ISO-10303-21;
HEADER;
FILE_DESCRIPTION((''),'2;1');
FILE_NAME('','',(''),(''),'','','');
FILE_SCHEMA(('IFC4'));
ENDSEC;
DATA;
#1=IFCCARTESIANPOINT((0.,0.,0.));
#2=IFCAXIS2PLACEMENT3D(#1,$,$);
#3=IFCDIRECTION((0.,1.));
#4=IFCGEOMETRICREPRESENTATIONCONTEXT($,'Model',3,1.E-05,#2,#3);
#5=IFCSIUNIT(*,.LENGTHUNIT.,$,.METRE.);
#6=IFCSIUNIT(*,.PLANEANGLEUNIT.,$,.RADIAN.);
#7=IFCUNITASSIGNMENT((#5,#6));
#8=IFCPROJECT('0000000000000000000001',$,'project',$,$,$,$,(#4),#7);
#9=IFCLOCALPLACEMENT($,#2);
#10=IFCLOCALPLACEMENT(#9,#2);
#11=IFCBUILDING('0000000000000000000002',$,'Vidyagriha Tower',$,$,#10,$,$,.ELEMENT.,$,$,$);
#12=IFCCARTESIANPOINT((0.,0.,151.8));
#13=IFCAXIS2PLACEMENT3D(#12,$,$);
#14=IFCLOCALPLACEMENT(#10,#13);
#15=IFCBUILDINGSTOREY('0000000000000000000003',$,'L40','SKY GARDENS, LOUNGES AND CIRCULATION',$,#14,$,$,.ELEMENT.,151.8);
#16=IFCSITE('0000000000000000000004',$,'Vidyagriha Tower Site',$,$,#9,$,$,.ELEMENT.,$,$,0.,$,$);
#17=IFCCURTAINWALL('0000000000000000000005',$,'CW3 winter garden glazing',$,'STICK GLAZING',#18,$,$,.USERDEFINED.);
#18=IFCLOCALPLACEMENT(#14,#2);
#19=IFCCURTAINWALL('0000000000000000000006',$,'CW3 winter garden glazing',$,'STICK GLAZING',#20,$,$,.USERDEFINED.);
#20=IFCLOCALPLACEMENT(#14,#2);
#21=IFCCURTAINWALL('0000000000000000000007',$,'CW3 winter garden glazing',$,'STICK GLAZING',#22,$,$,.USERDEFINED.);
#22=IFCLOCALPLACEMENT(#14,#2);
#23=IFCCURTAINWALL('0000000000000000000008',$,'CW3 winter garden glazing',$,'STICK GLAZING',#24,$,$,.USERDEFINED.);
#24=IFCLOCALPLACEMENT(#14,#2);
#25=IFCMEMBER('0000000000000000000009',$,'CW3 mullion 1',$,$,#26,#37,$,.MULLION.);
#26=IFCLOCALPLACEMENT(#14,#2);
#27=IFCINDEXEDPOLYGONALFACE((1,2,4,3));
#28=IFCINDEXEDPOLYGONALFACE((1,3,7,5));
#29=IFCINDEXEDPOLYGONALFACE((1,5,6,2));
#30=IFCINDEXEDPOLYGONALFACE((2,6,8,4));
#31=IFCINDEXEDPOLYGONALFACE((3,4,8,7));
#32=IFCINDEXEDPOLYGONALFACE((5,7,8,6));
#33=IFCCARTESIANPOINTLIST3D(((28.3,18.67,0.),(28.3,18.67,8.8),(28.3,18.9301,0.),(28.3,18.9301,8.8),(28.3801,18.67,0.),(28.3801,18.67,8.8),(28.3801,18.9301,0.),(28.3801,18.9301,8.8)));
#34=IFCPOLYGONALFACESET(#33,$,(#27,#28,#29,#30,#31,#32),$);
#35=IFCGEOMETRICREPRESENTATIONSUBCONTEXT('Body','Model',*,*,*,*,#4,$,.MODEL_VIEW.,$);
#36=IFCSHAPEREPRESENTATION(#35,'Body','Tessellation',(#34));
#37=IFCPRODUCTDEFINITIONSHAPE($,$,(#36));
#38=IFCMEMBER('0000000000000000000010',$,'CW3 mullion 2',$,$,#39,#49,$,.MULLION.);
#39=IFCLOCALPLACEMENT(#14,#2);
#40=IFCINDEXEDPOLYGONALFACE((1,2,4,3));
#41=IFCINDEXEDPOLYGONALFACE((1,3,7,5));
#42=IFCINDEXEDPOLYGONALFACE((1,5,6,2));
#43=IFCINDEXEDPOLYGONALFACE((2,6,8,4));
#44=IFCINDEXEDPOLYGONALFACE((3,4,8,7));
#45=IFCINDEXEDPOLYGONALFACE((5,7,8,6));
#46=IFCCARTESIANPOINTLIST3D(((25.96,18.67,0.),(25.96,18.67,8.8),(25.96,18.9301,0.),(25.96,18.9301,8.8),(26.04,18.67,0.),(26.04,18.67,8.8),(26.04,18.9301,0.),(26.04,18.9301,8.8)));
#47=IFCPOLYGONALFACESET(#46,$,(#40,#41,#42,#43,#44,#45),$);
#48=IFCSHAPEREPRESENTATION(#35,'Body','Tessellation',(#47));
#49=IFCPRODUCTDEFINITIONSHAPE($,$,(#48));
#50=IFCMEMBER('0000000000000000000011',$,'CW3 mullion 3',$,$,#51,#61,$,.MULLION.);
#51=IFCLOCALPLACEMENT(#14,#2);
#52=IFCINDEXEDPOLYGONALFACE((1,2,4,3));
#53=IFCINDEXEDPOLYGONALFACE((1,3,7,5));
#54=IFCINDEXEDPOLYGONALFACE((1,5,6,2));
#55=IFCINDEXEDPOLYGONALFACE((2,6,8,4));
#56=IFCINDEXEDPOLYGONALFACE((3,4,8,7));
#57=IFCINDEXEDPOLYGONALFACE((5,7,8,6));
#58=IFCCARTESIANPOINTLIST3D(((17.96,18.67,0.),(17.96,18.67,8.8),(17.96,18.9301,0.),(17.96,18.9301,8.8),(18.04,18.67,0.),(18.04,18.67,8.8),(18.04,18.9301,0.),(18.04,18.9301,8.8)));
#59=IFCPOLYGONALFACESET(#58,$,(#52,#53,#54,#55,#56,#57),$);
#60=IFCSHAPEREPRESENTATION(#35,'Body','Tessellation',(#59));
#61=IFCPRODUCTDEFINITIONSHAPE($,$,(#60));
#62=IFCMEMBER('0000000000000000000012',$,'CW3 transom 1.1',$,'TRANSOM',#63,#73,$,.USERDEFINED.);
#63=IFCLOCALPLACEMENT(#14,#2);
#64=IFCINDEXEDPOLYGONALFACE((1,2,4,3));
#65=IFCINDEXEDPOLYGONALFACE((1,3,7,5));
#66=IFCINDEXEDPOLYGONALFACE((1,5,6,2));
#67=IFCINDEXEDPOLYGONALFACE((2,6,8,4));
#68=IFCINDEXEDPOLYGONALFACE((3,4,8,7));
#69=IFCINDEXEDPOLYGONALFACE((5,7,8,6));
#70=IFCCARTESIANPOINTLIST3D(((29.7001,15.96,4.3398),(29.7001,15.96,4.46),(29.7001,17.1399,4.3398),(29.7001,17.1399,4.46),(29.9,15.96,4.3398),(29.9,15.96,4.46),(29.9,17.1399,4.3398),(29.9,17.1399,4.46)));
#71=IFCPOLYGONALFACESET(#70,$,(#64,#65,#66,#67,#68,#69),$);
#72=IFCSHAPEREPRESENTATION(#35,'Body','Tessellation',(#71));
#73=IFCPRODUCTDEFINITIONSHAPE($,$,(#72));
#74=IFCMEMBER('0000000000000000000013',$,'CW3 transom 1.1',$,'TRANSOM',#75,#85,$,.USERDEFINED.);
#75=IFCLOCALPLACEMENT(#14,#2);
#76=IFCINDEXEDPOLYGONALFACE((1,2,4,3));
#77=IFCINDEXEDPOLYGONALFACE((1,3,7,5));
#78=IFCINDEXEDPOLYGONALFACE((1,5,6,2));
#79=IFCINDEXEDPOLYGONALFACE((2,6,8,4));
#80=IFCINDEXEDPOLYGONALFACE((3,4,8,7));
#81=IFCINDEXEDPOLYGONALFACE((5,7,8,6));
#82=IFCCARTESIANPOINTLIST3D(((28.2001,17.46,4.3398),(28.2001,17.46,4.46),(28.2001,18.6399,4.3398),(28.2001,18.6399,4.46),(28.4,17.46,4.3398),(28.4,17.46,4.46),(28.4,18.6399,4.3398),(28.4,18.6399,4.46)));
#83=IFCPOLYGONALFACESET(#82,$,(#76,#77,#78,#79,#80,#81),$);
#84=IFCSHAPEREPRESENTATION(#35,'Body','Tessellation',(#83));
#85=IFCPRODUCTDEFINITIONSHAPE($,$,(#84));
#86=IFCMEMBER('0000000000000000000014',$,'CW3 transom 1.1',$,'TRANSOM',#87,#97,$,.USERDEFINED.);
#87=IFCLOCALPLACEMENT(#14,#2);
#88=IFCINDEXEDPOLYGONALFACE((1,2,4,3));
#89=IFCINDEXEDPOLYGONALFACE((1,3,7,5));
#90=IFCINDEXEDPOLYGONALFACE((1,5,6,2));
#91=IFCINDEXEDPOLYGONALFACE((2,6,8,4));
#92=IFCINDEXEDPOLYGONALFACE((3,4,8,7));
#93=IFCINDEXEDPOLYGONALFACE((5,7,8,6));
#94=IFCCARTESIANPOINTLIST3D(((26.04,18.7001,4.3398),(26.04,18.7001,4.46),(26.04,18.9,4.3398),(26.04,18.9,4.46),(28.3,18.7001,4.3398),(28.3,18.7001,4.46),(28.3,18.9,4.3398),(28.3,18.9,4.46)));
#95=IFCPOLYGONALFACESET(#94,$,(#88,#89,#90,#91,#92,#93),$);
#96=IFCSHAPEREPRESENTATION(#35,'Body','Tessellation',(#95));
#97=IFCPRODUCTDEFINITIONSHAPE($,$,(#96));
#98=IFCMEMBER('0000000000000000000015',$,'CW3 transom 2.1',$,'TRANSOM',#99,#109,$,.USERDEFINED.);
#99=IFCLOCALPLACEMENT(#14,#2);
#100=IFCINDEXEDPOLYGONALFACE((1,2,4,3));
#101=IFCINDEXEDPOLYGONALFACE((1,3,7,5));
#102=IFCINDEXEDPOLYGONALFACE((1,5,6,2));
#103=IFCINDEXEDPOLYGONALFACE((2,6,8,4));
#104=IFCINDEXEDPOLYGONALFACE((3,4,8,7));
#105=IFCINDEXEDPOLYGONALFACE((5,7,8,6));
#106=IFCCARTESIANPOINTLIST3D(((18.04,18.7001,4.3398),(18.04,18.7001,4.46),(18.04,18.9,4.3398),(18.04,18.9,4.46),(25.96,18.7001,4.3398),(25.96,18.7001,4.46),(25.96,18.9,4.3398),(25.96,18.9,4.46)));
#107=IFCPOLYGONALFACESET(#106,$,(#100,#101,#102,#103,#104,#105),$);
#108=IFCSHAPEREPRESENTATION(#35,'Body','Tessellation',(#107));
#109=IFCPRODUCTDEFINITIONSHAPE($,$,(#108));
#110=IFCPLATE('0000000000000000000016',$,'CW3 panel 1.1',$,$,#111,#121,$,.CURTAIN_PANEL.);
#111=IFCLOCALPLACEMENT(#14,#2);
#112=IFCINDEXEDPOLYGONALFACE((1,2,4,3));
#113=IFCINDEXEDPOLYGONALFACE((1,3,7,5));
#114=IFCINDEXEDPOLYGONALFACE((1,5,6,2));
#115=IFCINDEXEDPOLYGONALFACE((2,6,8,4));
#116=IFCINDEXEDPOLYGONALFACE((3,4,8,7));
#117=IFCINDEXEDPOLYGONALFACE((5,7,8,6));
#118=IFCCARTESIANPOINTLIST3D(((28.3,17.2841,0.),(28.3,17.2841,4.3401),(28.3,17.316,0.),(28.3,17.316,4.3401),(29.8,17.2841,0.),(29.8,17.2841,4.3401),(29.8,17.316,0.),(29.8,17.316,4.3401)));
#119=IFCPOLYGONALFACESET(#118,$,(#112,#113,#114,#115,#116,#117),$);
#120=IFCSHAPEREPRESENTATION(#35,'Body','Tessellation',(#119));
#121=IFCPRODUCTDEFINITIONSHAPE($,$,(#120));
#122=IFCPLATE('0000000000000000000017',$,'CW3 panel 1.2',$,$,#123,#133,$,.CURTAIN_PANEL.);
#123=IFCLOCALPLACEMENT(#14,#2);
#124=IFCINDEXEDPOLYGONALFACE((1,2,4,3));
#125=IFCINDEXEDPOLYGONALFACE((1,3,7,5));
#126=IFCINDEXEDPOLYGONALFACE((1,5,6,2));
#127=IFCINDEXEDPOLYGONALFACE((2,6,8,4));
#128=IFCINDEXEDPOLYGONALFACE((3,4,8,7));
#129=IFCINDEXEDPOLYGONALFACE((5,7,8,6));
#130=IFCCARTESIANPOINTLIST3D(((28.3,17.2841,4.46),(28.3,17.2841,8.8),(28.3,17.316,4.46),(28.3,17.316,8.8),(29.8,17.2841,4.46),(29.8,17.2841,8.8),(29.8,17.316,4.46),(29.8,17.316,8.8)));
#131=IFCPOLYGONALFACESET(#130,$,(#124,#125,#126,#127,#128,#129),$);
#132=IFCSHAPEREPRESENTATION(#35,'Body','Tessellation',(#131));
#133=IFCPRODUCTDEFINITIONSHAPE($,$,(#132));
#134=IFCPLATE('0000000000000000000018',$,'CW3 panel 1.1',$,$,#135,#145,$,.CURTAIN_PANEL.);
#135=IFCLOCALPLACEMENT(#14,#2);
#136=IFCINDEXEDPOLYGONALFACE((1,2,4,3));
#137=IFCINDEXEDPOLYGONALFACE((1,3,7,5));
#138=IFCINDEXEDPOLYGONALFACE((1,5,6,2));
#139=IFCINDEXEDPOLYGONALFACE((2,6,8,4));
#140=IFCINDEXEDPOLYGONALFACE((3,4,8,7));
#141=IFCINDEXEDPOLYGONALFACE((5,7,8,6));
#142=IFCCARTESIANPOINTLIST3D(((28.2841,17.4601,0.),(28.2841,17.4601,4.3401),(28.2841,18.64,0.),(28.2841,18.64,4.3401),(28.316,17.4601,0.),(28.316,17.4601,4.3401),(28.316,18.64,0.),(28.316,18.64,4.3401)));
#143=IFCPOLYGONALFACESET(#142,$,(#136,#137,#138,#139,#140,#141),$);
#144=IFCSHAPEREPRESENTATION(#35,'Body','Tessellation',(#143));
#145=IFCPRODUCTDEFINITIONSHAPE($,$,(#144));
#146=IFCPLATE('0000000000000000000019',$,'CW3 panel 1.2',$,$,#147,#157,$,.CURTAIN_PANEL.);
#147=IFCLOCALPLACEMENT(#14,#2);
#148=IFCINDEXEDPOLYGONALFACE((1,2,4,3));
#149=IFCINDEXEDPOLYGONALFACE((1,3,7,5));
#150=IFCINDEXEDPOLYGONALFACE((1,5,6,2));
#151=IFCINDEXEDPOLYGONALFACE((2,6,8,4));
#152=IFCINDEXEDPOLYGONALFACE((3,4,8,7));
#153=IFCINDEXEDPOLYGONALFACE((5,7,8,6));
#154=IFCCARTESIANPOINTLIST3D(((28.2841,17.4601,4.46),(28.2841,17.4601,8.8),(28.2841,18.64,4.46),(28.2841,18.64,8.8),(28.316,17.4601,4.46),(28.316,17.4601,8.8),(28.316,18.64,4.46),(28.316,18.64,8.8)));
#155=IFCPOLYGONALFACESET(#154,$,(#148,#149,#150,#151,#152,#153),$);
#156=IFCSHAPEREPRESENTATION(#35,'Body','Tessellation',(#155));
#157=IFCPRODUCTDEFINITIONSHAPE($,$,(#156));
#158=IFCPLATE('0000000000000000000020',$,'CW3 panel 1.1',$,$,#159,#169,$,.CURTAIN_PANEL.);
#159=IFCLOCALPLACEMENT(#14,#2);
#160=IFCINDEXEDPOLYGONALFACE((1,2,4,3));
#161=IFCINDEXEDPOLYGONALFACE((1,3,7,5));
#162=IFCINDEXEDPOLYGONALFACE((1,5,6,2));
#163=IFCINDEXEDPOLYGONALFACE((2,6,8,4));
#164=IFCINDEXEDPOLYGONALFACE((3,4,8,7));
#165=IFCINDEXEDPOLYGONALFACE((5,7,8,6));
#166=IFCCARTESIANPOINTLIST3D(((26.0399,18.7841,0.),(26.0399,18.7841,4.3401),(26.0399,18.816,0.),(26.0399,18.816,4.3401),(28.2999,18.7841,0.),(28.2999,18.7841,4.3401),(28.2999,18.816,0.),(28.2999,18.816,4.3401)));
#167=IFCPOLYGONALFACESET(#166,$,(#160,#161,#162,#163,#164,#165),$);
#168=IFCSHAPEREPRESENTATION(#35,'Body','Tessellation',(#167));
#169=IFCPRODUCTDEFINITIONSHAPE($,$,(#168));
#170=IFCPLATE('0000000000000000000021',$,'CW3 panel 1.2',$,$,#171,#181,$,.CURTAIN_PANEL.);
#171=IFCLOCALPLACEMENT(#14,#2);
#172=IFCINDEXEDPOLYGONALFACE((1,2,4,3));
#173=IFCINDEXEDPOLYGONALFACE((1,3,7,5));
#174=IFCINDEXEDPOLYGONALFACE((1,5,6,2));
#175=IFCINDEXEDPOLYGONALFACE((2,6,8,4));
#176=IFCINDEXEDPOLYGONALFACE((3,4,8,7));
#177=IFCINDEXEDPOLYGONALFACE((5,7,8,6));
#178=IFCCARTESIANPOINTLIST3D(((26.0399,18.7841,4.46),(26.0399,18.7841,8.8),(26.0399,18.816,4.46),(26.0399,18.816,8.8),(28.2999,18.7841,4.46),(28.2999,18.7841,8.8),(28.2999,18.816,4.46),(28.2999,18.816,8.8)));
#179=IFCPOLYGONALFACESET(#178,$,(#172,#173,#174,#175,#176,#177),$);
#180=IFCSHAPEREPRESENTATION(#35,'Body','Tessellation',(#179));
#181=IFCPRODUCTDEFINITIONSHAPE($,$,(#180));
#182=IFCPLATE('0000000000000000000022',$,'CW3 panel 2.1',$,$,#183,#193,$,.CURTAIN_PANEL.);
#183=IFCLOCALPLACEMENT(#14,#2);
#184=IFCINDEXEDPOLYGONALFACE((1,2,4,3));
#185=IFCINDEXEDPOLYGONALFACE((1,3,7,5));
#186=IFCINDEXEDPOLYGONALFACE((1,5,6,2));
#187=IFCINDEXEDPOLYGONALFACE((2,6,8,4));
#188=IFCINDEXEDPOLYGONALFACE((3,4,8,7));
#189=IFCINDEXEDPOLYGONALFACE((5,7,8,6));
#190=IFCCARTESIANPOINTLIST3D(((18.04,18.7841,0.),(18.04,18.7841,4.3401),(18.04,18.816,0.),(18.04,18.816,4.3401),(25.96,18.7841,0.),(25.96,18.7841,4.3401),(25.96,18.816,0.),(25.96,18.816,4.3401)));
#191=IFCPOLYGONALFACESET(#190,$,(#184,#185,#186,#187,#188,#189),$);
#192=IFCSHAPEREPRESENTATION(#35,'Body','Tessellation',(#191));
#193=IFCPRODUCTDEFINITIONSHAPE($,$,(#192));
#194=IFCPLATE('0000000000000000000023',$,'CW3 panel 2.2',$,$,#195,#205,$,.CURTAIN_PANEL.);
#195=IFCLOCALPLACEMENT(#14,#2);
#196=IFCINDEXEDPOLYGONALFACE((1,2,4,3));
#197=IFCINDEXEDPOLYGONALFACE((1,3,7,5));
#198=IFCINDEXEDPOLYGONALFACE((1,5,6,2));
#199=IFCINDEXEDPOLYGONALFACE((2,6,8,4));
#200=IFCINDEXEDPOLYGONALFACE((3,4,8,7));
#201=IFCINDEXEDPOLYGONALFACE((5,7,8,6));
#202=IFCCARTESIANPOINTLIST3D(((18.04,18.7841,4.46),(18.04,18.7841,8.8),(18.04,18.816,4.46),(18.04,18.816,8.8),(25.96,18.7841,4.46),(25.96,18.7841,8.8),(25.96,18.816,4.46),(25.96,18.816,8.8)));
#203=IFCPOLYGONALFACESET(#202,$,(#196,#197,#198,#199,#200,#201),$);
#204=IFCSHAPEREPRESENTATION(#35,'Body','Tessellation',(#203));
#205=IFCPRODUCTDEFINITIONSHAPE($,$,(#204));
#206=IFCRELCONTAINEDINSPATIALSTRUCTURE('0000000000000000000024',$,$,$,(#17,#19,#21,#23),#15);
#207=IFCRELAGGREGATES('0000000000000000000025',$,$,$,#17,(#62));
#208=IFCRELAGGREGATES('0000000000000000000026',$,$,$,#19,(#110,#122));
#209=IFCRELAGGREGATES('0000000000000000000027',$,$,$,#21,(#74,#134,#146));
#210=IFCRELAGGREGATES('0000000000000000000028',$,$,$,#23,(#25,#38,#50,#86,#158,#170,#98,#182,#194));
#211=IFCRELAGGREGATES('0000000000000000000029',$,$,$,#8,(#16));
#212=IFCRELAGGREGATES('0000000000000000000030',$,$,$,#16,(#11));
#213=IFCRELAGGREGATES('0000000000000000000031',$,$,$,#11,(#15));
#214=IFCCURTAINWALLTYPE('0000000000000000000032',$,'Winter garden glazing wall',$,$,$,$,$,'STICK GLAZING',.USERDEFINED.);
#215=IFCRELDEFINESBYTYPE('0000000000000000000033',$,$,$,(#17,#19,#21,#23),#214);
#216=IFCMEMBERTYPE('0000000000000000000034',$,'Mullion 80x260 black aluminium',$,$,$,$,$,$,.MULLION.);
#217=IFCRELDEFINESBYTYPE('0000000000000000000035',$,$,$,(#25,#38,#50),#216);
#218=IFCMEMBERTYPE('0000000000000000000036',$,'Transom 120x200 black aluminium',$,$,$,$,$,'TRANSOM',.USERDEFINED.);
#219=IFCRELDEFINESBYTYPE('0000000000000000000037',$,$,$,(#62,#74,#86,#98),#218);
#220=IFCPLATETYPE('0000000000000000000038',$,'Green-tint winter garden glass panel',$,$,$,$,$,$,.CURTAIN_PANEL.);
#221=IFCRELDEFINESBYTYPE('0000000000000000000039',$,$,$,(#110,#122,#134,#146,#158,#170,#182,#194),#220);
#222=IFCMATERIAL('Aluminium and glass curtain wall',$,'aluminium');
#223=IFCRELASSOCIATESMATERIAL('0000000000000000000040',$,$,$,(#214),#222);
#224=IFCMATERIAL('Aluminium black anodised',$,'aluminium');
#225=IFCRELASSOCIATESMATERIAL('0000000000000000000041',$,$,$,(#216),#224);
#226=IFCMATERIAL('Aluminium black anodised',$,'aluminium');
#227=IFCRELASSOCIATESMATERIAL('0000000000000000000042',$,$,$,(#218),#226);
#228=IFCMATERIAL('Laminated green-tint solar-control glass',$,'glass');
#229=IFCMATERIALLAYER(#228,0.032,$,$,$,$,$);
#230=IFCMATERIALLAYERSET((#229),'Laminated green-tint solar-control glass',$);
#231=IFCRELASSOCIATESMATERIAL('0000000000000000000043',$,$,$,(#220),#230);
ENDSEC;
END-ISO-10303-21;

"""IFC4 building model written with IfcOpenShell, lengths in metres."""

from ifc_helpers import new_model, si_unit, direction, frame, origin, origin_2d, place, context, subcontext, project, spatial, rectangle, extrude, material, layer, layer_set, material_profile, profile_set, type_object, element, aggregate, save


model = new_model("IFC4")

# Units and contexts
model_context = context("Model", 3, precision=1e-05, world=origin(), true_north=direction((0.0, 1.0)))
body_context = subcontext(model_context, "Body", "Model", "MODEL_VIEW")
ifc_project = project(units=[si_unit("LENGTHUNIT", "METRE"), si_unit("PLANEANGLEUNIT", "RADIAN")], contexts=[model_context])

# Site, building, storey
site_placement = place(None, origin())
site = spatial("IfcSite", under=ifc_project, at=site_placement, Name="Vidyagriha Tower Site", CompositionType="ELEMENT", RefElevation=0.0)
building_placement = place(site_placement, origin())
building = spatial("IfcBuilding", under=site, at=building_placement, Name="Vidyagriha Tower", CompositionType="ELEMENT")
storey_placement = place(building_placement, frame((0.0, 0.0, 151.8)))
storey = spatial("IfcBuildingStorey", under=building, at=storey_placement, Name="L40", Description="SKY GARDENS, LOUNGES AND CIRCULATION", CompositionType="ELEMENT", Elevation=151.8)

# Curtain walls
ifc_material_1 = material(Name="Aluminium and glass curtain wall", Category="aluminium")
curtain_wall_type = type_object("IfcCurtainWallType", Name="Winter garden glazing wall", ElementType="STICK GLAZING", PredefinedType="USERDEFINED", material=ifc_material_1)
ifc_material_2 = material(Name="Aluminium black anodised", Category="aluminium")
ifc_material_profile_1 = material_profile(ifc_material_2, rectangle(XDim=0.26, YDim=0.0801, at=origin_2d()), Name="Mullion 80x260 black aluminium")
ifc_profile_set_1 = profile_set([ifc_material_profile_1], Name="Aluminium black anodised")
member_type_1 = type_object("IfcMemberType", Name="Mullion 80x260 black aluminium", PredefinedType="MULLION", material=ifc_profile_set_1)
curtain_wall_1_placement = place(storey_placement, origin())
curtain_wall_1 = element("IfcCurtainWall", 1, at=curtain_wall_1_placement, inside=storey, type_object=curtain_wall_type, Name="CW3 winter garden glazing", ObjectType="STICK GLAZING", PredefinedType="USERDEFINED")
curtain_wall_2_placement = place(storey_placement, origin())
curtain_wall_2 = element("IfcCurtainWall", 2, at=curtain_wall_2_placement, inside=storey, type_object=curtain_wall_type, Name="CW3 winter garden glazing", ObjectType="STICK GLAZING", PredefinedType="USERDEFINED")

# Curtain walls, members
curtain_wall_3_placement = place(storey_placement, origin())
curtain_wall_3 = element("IfcCurtainWall", 3, at=curtain_wall_3_placement, inside=storey, type_object=curtain_wall_type, Name="CW3 winter garden glazing", ObjectType="STICK GLAZING", PredefinedType="USERDEFINED")
curtain_wall_4_placement = place(storey_placement, origin())
curtain_wall_4 = element("IfcCurtainWall", 4, at=curtain_wall_4_placement, inside=storey, type_object=curtain_wall_type, Name="CW3 winter garden glazing", ObjectType="STICK GLAZING", PredefinedType="USERDEFINED")
member_1_placement = place(storey_placement, frame((28.3401, 18.8, 0.0), z_axis=(0.0, 0.0, 1.0), x_axis=(0.0, -1.0, 0.0)))
member_1 = element("IfcMember", 5, at=member_1_placement, type_object=member_type_1, Name="CW3 mullion 1", PredefinedType="MULLION", context=body_context, shape_type="SweptSolid", body=[
    extrude(rectangle(XDim=0.26, YDim=0.0801, at=origin_2d()), origin(), (0.0, 0.0, 1.0), 8.8),
])
member_2_placement = place(storey_placement, frame((26.0, 18.8, 0.0), z_axis=(0.0, 0.0, 1.0), x_axis=(0.0, -1.0, 0.0)))
member_2 = element("IfcMember", 6, at=member_2_placement, type_object=member_type_1, Name="CW3 mullion 2", PredefinedType="MULLION", context=body_context, shape_type="SweptSolid", body=[
    extrude(rectangle(XDim=0.26, YDim=0.0801, at=origin_2d()), origin(), (0.0, 0.0, 1.0), 8.8),
])
member_3_placement = place(storey_placement, frame((18.0, 18.8, 0.0), z_axis=(0.0, 0.0, 1.0), x_axis=(0.0, -1.0, 0.0)))
member_3 = element("IfcMember", 7, at=member_3_placement, type_object=member_type_1, Name="CW3 mullion 3", PredefinedType="MULLION", context=body_context, shape_type="SweptSolid", body=[
    extrude(rectangle(XDim=0.26, YDim=0.0801, at=origin_2d()), origin(), (0.0, 0.0, 1.0), 8.8),
])

# Members
ifc_material_3 = material(Name="Aluminium black anodised", Category="aluminium")
ifc_material_profile_2 = material_profile(ifc_material_3, rectangle(XDim=0.2, YDim=0.1201, at=origin_2d()), Name="Transom 120x200 black aluminium")
ifc_profile_set_2 = profile_set([ifc_material_profile_2], Name="Aluminium black anodised")
member_type_2 = type_object("IfcMemberType", Name="Transom 120x200 black aluminium", ElementType="TRANSOM", PredefinedType="USERDEFINED", material=ifc_profile_set_2)
member_4_placement = place(storey_placement, frame((29.8, 15.96, 4.3999), z_axis=(0.0, 1.0, 0.0), x_axis=(-1.0, 0.0, 0.0)))
member_4 = element("IfcMember", 8, at=member_4_placement, type_object=member_type_2, Name="CW3 transom 1.1", ObjectType="TRANSOM", PredefinedType="USERDEFINED", context=body_context, shape_type="SweptSolid", body=[
    extrude(rectangle(XDim=0.2, YDim=0.1201, at=origin_2d()), origin(), (0.0, 0.0, 1.0), 1.1799),
])
aggregate(curtain_wall_1, [member_4])
member_5_placement = place(storey_placement, frame((28.3, 17.46, 4.3999), z_axis=(0.0, 1.0, 0.0), x_axis=(-1.0, 0.0, 0.0)))
member_5 = element("IfcMember", 9, at=member_5_placement, type_object=member_type_2, Name="CW3 transom 1.1", ObjectType="TRANSOM", PredefinedType="USERDEFINED", context=body_context, shape_type="SweptSolid", body=[
    extrude(rectangle(XDim=0.2, YDim=0.1201, at=origin_2d()), origin(), (0.0, 0.0, 1.0), 1.1799),
])
member_6_placement = place(storey_placement, frame((28.3, 18.8, 4.3999), z_axis=(-1.0, 0.0, 0.0), x_axis=(0.0, -1.0, 0.0)))
member_6 = element("IfcMember", 10, at=member_6_placement, type_object=member_type_2, Name="CW3 transom 1.1", ObjectType="TRANSOM", PredefinedType="USERDEFINED", context=body_context, shape_type="SweptSolid", body=[
    extrude(rectangle(XDim=0.2, YDim=0.1201, at=origin_2d()), origin(), (0.0, 0.0, 1.0), 2.26),
])
member_7_placement = place(storey_placement, frame((25.96, 18.8, 4.3999), z_axis=(-1.0, 0.0, 0.0), x_axis=(0.0, -1.0, 0.0)))
member_7 = element("IfcMember", 11, at=member_7_placement, type_object=member_type_2, Name="CW3 transom 2.1", ObjectType="TRANSOM", PredefinedType="USERDEFINED", context=body_context, shape_type="SweptSolid", body=[
    extrude(rectangle(XDim=0.2, YDim=0.1201, at=origin_2d()), origin(), (0.0, 0.0, 1.0), 7.9199),
])

# Plates
ifc_material_4 = material(Name="Laminated green-tint solar-control glass", Category="glass")
ifc_layer_1 = layer(ifc_material_4, 0.032)
ifc_layer_set_1 = layer_set([ifc_layer_1], Name="Laminated green-tint solar-control glass")
plate_type = type_object("IfcPlateType", Name="Green-tint winter garden glass panel", PredefinedType="CURTAIN_PANEL", material=ifc_layer_set_1)
plate_1_placement = place(storey_placement, frame((29.05, 17.3, 0.0), z_axis=(0.0, 0.0, 1.0), x_axis=(-1.0, 0.0, 0.0)))
plate_1 = element("IfcPlate", 12, at=plate_1_placement, type_object=plate_type, Name="CW3 panel 1.1", PredefinedType="CURTAIN_PANEL", context=body_context, shape_type="SweptSolid", body=[
    extrude(rectangle(XDim=1.5, YDim=0.032, at=origin_2d()), origin(), (0.0, 0.0, 1.0), 4.3401),
])
plate_2_placement = place(storey_placement, frame((29.05, 17.3, 4.46), z_axis=(0.0, 0.0, 1.0), x_axis=(-1.0, 0.0, 0.0)))
plate_2 = element("IfcPlate", 13, at=plate_2_placement, type_object=plate_type, Name="CW3 panel 1.2", PredefinedType="CURTAIN_PANEL", context=body_context, shape_type="SweptSolid", body=[
    extrude(rectangle(XDim=1.5, YDim=0.032, at=origin_2d()), origin(), (0.0, 0.0, 1.0), 4.3401),
])
aggregate(curtain_wall_2, [plate_1, plate_2])
plate_3_placement = place(storey_placement, frame((28.3, 18.05, 0.0), z_axis=(0.0, 0.0, 1.0), x_axis=(0.0, 1.0, 0.0)))
plate_3 = element("IfcPlate", 14, at=plate_3_placement, type_object=plate_type, Name="CW3 panel 1.1", PredefinedType="CURTAIN_PANEL", context=body_context, shape_type="SweptSolid", body=[
    extrude(rectangle(XDim=1.1799, YDim=0.032, at=origin_2d()), origin(), (0.0, 0.0, 1.0), 4.3401),
])
plate_4_placement = place(storey_placement, frame((28.3, 18.05, 4.46), z_axis=(0.0, 0.0, 1.0), x_axis=(0.0, 1.0, 0.0)))
plate_4 = element("IfcPlate", 15, at=plate_4_placement, type_object=plate_type, Name="CW3 panel 1.2", PredefinedType="CURTAIN_PANEL", context=body_context, shape_type="SweptSolid", body=[
    extrude(rectangle(XDim=1.1799, YDim=0.032, at=origin_2d()), origin(), (0.0, 0.0, 1.0), 4.3401),
])
aggregate(curtain_wall_3, [member_5, plate_3, plate_4])
plate_5_placement = place(storey_placement, frame((27.1699, 18.8, 0.0), z_axis=(0.0, 0.0, 1.0), x_axis=(-1.0, 0.0, 0.0)))
plate_5 = element("IfcPlate", 16, at=plate_5_placement, type_object=plate_type, Name="CW3 panel 1.1", PredefinedType="CURTAIN_PANEL", context=body_context, shape_type="SweptSolid", body=[
    extrude(rectangle(XDim=2.26, YDim=0.032, at=origin_2d()), origin(), (0.0, 0.0, 1.0), 4.3401),
])
plate_6_placement = place(storey_placement, frame((27.1699, 18.8, 4.46), z_axis=(0.0, 0.0, 1.0), x_axis=(-1.0, 0.0, 0.0)))
plate_6 = element("IfcPlate", 17, at=plate_6_placement, type_object=plate_type, Name="CW3 panel 1.2", PredefinedType="CURTAIN_PANEL", context=body_context, shape_type="SweptSolid", body=[
    extrude(rectangle(XDim=2.26, YDim=0.032, at=origin_2d()), origin(), (0.0, 0.0, 1.0), 4.3401),
])
plate_7_placement = place(storey_placement, frame((22.0, 18.8, 0.0), z_axis=(0.0, 0.0, 1.0), x_axis=(-1.0, 0.0, 0.0)))
plate_7 = element("IfcPlate", 18, at=plate_7_placement, type_object=plate_type, Name="CW3 panel 2.1", PredefinedType="CURTAIN_PANEL", context=body_context, shape_type="SweptSolid", body=[
    extrude(rectangle(XDim=7.9199, YDim=0.032, at=origin_2d()), origin(), (0.0, 0.0, 1.0), 4.3401),
])
plate_8_placement = place(storey_placement, frame((22.0, 18.8, 4.46), z_axis=(0.0, 0.0, 1.0), x_axis=(-1.0, 0.0, 0.0)))
plate_8 = element("IfcPlate", 19, at=plate_8_placement, type_object=plate_type, Name="CW3 panel 2.2", PredefinedType="CURTAIN_PANEL", context=body_context, shape_type="SweptSolid", body=[
    extrude(rectangle(XDim=7.9199, YDim=0.032, at=origin_2d()), origin(), (0.0, 0.0, 1.0), 4.3401),
])
aggregate(curtain_wall_4, [member_1, member_2, member_3, member_6, plate_5, plate_6, member_7, plate_7, plate_8])

save(model, "model.ifc")
